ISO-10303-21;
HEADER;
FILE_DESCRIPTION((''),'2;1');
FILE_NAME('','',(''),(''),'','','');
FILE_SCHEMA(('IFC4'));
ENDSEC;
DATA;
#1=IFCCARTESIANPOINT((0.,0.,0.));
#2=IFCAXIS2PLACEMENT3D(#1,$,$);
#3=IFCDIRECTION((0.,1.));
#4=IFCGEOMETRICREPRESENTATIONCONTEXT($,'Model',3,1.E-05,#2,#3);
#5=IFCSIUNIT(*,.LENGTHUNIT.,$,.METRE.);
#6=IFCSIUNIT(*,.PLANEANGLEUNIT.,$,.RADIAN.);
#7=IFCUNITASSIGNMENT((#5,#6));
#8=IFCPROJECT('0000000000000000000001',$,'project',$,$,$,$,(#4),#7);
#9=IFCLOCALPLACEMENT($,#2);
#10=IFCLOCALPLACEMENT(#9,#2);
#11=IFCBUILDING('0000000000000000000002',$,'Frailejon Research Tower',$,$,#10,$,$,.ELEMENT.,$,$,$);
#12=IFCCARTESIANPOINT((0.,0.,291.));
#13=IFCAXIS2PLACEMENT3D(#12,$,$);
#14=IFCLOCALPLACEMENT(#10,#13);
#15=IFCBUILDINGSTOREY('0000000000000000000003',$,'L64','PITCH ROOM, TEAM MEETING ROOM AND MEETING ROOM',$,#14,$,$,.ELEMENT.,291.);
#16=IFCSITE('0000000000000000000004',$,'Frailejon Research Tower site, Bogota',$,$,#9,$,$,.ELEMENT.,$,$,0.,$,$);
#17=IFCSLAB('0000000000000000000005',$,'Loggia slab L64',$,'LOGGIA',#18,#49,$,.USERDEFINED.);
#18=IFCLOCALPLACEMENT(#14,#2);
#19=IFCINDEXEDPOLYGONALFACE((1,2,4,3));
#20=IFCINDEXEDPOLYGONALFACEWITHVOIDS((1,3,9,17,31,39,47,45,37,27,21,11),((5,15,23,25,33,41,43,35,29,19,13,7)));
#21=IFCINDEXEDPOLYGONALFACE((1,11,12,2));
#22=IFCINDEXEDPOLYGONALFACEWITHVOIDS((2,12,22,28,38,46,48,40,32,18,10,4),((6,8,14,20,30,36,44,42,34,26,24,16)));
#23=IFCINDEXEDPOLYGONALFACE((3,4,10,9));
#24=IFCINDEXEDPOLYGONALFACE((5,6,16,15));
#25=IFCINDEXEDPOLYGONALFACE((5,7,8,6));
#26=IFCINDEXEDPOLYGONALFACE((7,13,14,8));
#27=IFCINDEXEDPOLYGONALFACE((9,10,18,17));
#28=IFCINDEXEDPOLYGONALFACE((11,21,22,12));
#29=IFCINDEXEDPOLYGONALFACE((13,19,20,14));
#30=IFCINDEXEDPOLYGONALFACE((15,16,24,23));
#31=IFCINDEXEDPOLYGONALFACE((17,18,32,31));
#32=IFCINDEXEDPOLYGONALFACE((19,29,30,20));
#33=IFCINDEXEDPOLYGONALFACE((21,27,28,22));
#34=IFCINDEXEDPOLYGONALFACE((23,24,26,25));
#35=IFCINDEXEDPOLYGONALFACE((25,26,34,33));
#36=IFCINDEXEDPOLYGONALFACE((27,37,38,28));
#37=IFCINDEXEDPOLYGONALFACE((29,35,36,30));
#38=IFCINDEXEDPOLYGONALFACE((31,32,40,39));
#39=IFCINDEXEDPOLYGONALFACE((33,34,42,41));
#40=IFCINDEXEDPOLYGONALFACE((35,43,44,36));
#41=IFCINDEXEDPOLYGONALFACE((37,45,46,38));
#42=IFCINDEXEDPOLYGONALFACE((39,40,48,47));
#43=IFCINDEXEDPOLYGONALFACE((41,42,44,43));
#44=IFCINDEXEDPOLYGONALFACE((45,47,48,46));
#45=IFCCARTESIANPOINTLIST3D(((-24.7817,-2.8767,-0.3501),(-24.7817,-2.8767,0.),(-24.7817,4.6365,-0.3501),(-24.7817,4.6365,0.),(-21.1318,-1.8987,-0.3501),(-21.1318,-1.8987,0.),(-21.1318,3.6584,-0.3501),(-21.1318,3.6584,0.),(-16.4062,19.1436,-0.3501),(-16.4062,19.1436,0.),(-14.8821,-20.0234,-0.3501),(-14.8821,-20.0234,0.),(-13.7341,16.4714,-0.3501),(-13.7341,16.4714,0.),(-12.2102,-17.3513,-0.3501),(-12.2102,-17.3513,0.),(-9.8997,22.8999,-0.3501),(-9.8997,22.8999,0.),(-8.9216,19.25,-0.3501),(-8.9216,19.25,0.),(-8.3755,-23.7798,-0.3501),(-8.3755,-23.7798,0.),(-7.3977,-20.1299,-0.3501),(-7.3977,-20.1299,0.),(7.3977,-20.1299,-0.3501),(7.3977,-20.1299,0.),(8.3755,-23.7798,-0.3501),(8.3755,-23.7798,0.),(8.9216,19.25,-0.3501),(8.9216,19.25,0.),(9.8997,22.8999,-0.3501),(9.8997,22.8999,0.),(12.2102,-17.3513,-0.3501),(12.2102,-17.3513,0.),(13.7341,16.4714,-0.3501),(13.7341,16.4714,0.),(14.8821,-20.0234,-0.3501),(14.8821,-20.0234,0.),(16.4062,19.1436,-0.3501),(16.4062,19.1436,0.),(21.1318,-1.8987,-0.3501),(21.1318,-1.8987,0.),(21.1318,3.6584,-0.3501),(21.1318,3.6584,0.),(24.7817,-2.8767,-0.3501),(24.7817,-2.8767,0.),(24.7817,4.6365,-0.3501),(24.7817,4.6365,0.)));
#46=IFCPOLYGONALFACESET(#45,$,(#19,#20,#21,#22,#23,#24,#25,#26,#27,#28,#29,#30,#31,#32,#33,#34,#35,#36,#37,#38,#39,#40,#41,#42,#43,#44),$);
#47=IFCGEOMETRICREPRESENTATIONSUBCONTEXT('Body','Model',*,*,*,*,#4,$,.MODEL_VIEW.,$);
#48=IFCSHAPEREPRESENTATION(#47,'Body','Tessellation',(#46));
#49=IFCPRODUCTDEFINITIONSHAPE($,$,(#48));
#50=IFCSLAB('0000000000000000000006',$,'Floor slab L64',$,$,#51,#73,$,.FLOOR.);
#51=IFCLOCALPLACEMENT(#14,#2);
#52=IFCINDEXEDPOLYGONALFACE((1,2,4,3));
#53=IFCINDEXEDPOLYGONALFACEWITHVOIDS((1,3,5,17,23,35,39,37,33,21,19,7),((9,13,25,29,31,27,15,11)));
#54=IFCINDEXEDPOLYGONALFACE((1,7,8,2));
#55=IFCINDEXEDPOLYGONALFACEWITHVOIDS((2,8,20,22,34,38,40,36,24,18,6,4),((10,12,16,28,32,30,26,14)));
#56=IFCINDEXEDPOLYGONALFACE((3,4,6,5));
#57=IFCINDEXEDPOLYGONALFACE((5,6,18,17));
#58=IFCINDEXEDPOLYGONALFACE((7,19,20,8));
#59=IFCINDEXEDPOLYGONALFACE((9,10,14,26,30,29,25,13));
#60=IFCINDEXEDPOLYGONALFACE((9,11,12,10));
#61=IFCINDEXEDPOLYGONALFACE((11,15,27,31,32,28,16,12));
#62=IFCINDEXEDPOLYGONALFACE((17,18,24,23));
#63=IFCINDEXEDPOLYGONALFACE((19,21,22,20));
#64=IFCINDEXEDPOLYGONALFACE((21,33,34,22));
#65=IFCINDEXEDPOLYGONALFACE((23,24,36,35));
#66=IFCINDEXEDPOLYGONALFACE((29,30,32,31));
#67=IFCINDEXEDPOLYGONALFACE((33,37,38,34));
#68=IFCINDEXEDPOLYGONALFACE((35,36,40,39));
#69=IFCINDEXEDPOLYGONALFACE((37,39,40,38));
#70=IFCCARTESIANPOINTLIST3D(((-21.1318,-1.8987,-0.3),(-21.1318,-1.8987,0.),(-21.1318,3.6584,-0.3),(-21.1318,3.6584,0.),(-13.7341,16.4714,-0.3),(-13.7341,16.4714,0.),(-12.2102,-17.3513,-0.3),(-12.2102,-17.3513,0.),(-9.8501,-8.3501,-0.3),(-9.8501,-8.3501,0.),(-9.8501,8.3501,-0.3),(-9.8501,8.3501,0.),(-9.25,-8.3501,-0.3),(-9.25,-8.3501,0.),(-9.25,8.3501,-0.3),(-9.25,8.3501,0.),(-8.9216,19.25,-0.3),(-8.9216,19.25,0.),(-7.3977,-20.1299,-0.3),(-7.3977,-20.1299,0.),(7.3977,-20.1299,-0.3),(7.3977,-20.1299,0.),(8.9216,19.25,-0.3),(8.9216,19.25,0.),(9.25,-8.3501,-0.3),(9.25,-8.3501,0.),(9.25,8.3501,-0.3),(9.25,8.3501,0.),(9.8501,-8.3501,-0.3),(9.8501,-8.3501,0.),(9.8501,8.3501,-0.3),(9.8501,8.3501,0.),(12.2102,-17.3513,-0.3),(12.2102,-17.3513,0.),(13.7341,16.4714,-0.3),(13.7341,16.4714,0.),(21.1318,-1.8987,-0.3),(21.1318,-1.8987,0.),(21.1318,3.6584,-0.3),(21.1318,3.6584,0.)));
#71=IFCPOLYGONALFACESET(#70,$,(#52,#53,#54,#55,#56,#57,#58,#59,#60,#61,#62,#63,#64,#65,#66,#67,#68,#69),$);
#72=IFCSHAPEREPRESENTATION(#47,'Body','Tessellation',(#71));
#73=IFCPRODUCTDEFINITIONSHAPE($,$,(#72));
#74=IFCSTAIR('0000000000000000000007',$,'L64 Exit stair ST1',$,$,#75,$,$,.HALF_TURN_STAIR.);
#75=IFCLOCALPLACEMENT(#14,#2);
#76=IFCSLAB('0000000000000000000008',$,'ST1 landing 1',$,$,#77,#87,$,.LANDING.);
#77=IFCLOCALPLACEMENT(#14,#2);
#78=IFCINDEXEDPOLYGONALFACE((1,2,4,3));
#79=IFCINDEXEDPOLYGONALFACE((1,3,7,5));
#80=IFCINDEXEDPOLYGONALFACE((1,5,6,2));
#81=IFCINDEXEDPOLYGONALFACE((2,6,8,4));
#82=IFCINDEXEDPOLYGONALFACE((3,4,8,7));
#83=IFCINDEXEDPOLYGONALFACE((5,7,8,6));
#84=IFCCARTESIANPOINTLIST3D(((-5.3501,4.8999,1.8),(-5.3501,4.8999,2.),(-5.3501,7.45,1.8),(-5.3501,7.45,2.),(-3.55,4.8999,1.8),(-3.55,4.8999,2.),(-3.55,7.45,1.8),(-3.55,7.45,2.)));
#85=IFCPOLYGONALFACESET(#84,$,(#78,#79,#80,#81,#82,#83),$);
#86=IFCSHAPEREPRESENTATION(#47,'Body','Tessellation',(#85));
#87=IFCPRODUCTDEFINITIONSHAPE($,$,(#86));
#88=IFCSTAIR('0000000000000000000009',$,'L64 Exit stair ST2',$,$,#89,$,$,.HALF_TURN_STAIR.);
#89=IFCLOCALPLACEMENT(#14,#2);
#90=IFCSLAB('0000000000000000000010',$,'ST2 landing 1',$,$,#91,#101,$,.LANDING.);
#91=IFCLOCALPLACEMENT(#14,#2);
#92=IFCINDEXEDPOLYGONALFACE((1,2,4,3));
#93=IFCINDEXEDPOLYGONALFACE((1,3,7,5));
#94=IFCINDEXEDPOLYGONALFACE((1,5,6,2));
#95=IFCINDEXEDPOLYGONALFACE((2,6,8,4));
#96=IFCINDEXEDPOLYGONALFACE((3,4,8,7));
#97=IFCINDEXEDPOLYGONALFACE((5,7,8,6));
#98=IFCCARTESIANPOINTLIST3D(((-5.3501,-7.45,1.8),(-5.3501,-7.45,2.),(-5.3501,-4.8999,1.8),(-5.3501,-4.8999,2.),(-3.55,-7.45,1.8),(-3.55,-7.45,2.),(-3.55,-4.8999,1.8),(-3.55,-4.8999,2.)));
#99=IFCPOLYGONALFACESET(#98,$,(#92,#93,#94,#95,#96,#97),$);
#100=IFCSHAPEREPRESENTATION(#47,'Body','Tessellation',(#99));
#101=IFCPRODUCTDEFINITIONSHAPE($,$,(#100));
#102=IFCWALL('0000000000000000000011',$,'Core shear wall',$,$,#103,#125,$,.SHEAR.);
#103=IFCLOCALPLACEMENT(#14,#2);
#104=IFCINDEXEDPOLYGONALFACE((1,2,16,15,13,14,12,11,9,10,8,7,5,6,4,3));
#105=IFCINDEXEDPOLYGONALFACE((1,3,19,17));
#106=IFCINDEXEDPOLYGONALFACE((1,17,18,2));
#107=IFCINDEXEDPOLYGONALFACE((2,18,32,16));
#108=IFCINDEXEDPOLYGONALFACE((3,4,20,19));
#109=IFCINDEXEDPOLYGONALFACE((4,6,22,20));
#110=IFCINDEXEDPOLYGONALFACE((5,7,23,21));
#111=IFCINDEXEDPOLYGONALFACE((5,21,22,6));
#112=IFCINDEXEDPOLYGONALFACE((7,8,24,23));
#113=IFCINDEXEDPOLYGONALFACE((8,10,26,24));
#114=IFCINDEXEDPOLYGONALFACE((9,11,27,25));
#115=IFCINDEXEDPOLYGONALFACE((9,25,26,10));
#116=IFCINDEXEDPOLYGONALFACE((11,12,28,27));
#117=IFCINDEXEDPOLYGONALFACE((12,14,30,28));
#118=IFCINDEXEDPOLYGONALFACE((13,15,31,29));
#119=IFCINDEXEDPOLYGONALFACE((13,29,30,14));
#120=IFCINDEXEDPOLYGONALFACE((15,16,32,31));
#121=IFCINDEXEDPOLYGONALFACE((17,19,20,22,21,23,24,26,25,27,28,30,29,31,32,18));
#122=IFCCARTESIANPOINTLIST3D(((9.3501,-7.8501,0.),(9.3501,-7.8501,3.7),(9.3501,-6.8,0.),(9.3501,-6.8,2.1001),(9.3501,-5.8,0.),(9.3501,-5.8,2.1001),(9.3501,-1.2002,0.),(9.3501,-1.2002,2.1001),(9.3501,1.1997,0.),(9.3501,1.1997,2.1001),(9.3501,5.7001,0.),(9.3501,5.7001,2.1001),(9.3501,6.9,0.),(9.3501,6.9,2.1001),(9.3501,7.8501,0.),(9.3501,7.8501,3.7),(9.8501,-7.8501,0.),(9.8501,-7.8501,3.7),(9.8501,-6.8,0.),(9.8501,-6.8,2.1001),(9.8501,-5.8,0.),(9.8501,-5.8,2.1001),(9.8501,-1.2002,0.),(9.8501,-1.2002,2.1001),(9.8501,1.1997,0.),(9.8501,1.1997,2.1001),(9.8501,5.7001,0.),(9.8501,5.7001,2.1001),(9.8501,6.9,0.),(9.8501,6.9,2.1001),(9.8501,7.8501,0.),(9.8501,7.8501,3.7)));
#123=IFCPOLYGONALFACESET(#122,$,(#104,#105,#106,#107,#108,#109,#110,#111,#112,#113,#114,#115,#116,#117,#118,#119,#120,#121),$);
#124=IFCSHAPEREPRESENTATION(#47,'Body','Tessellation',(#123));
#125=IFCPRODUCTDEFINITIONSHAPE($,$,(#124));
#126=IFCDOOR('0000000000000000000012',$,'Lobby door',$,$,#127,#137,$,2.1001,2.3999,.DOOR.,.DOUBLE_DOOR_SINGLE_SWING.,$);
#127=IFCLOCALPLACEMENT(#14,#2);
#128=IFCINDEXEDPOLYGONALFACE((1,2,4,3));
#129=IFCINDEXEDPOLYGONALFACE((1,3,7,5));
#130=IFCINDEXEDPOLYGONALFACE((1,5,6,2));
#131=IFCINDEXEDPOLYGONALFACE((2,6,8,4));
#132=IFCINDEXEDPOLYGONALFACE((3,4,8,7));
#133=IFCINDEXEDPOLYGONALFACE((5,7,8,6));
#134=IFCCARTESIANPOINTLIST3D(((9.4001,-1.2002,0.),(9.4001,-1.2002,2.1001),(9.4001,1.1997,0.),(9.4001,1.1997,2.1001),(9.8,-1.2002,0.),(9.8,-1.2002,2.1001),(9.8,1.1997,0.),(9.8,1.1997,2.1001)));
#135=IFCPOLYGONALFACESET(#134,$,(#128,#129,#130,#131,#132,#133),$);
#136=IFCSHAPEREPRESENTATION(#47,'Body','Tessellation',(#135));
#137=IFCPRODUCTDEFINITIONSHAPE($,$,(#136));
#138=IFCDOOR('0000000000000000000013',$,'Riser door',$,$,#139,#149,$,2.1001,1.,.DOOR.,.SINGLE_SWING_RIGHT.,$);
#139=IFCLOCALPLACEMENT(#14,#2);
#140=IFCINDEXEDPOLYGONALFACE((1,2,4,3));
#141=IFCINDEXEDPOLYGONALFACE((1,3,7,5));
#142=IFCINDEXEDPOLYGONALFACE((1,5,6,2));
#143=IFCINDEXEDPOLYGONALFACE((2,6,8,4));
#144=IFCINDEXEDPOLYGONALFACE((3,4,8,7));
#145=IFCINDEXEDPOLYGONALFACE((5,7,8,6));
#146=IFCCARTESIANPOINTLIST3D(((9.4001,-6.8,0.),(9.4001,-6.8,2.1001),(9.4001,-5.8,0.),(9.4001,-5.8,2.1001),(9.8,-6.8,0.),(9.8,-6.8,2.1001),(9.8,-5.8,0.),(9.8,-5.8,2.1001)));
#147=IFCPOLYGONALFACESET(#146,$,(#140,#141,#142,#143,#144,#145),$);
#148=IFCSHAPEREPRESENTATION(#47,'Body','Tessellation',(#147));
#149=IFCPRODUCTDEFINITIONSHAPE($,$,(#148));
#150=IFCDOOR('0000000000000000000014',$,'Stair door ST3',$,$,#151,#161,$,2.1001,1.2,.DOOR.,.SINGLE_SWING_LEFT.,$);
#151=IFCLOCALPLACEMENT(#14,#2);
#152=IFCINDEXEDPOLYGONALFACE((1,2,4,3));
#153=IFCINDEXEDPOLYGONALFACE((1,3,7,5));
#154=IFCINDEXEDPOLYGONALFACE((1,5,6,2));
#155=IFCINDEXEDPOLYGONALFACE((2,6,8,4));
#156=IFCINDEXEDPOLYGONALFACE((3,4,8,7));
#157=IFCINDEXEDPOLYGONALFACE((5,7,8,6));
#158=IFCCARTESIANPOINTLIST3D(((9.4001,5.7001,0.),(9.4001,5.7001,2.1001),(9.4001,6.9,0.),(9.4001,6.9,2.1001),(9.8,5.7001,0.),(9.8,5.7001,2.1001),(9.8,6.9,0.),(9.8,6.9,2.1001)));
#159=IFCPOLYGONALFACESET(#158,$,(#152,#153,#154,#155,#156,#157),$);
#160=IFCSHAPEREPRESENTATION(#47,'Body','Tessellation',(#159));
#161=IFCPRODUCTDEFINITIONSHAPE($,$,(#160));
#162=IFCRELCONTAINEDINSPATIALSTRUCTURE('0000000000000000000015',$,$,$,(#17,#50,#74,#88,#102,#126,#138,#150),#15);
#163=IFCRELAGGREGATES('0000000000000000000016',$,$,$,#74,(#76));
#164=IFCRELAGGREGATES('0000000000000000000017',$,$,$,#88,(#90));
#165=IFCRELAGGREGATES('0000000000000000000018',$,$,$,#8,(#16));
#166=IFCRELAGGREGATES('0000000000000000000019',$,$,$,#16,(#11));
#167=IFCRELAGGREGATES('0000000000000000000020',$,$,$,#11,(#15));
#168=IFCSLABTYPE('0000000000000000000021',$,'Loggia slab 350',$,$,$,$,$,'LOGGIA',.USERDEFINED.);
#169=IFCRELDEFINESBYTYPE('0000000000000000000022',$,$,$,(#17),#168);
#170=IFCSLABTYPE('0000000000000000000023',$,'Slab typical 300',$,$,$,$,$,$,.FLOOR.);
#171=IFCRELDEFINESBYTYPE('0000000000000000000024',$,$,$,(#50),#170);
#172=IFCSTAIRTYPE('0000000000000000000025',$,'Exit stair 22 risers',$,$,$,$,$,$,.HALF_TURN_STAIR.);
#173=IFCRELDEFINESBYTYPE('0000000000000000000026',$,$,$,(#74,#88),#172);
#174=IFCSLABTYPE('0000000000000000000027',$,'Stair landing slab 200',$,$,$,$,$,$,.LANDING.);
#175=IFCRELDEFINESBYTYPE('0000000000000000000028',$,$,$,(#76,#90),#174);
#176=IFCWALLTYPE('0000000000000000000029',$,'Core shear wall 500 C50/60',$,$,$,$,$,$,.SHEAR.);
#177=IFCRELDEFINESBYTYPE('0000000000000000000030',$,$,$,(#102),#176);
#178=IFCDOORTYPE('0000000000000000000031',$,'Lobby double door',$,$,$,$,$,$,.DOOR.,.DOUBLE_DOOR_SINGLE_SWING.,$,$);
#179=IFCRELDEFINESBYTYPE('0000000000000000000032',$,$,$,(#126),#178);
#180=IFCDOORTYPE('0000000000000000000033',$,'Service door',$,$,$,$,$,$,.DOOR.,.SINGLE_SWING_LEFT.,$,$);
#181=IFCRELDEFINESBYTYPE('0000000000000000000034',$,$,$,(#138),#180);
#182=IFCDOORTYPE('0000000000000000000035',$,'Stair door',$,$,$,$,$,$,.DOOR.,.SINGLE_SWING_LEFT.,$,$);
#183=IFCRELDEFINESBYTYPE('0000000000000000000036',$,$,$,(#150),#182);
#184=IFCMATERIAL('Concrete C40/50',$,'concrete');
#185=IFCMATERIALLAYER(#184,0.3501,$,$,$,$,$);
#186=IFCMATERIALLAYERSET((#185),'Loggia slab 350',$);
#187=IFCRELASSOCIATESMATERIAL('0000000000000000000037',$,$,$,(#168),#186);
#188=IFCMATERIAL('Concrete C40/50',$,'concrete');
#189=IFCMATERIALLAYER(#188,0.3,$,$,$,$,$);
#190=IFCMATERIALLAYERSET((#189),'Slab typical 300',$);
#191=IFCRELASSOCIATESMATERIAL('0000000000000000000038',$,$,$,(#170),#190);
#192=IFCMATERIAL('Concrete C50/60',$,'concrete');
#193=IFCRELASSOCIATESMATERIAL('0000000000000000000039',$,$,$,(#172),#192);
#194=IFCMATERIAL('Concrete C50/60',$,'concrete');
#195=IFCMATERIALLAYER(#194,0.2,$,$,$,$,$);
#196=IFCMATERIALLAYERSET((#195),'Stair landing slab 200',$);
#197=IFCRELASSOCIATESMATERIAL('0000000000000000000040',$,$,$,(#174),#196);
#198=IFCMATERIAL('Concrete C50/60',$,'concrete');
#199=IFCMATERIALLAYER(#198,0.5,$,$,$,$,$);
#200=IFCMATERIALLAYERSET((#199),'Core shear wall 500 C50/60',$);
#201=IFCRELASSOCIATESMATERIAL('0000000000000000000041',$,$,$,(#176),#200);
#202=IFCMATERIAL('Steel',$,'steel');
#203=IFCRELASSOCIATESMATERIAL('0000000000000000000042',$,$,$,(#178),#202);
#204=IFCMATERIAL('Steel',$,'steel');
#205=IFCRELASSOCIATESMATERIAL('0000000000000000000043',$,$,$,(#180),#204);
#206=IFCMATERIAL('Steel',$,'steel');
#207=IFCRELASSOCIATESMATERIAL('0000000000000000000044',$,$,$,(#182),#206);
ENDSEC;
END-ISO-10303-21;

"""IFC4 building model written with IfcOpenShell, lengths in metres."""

from ifc_helpers import new_model, si_unit, direction, frame, frame_2d, origin, place, context, subcontext, project, spatial, polyline, rectangle, outline, extrude, material, layer, layer_set, type_object, element, fill, aggregate, save


model = new_model("IFC4")

# Units and contexts
model_context = context("Model", 3, precision=1e-05, world=origin(), true_north=direction((0.0, 1.0)))
body_context = subcontext(model_context, "Body", "Model", "MODEL_VIEW")
ifc_project = project(units=[si_unit("LENGTHUNIT", "METRE"), si_unit("PLANEANGLEUNIT", "RADIAN")], contexts=[model_context])

# Site, building, storey
site_placement = place(None, origin())
site = spatial("IfcSite", under=ifc_project, at=site_placement, Name="Frailejon Research Tower site, Bogota", CompositionType="ELEMENT", RefElevation=0.0)
building_placement = place(site_placement, origin())
building = spatial("IfcBuilding", under=site, at=building_placement, Name="Frailejon Research Tower", CompositionType="ELEMENT")
storey_placement = place(building_placement, frame((0.0, 0.0, 291.0)))
storey = spatial("IfcBuildingStorey", under=building, at=storey_placement, Name="L64", Description="PITCH ROOM, TEAM MEETING ROOM AND MEETING ROOM", CompositionType="ELEMENT", Elevation=291.0)

# Slabs
ifc_material_1 = material(Name="Concrete C40/50", Category="concrete")
ifc_layer_1 = layer(ifc_material_1, 0.3501)
ifc_layer_set_1 = layer_set([ifc_layer_1], Name="Loggia slab 350")
slab_type_1 = type_object("IfcSlabType", Name="Loggia slab 350", ElementType="LOGGIA", PredefinedType="USERDEFINED", material=ifc_layer_set_1)
slab_1_placement = place(storey_placement, frame((0.0, 0.0, -0.3501)))
element("IfcSlab", 1, at=slab_1_placement, inside=storey, type_object=slab_type_1, Name="Loggia slab L64", ObjectType="LOGGIA", PredefinedType="USERDEFINED", context=body_context, shape_type="SweptSolid", body=[
    extrude(outline(polyline([(14.8821, -20.0234), (8.3755, -23.7798), (-8.3755, -23.7798), (-14.8821, -20.0234), (-24.7817, -2.8767), (-24.7817, 4.6365), (-16.4062, 19.1436), (-9.8997, 22.8999), (9.8997, 22.8999), (16.4062, 19.1436), (24.7817, 4.6365), (24.7817, -2.8767), (14.8821, -20.0234)]), holes=[polyline([(21.1318, 3.6584), (13.7341, 16.4714), (8.9216, 19.25), (-8.9216, 19.25), (-13.7341, 16.4714), (-21.1318, 3.6584), (-21.1318, -1.8987), (-12.2102, -17.3513), (-7.3977, -20.1299), (7.3977, -20.1299), (12.2102, -17.3513), (21.1318, -1.8987), (21.1318, 3.6584)])]), origin(), (0.0, 0.0, 1.0), 0.3501),
])
ifc_material_2 = material(Name="Concrete C40/50", Category="concrete")
ifc_layer_2 = layer(ifc_material_2, 0.3)
ifc_layer_set_2 = layer_set([ifc_layer_2], Name="Slab typical 300")
slab_type_2 = type_object("IfcSlabType", Name="Slab typical 300", PredefinedType="FLOOR", material=ifc_layer_set_2)
slab_2_placement = place(storey_placement, frame((0.0, 0.0, -0.3)))
element("IfcSlab", 2, at=slab_2_placement, inside=storey, type_object=slab_type_2, Name="Floor slab L64", PredefinedType="FLOOR", context=body_context, shape_type="SweptSolid", body=[
    extrude(outline(polyline([(21.1318, -1.8987), (21.1318, 3.6584), (13.7341, 16.4714), (8.9216, 19.25), (-8.9216, 19.25), (-13.7341, 16.4714), (-21.1318, 3.6584), (-21.1318, -1.8987), (-12.2102, -17.3513), (-7.3977, -20.1299), (7.3977, -20.1299), (12.2102, -17.3513), (21.1318, -1.8987)]), holes=[polyline([(9.25, 8.3501), (9.8501, 8.3501), (9.8501, -8.3501), (9.25, -8.3501), (-9.25, -8.3501), (-9.8501, -8.3501), (-9.8501, 8.3501), (-9.25, 8.3501), (9.25, 8.3501)])]), origin(), (0.0, 0.0, 1.0), 0.3),
])

# Stairs, slabs
ifc_material_3 = material(Name="Concrete C50/60", Category="concrete")
stair_type = type_object("IfcStairType", Name="Exit stair 22 risers", PredefinedType="HALF_TURN_STAIR", material=ifc_material_3)
stair_1_placement = place(storey_placement, origin())
stair_1 = element("IfcStair", 3, at=stair_1_placement, inside=storey, type_object=stair_type, Name="L64 Exit stair ST1", PredefinedType="HALF_TURN_STAIR")
ifc_material_4 = material(Name="Concrete C50/60", Category="concrete")
ifc_layer_3 = layer(ifc_material_4, 0.2)
ifc_layer_set_3 = layer_set([ifc_layer_3], Name="Stair landing slab 200")
slab_type_3 = type_object("IfcSlabType", Name="Stair landing slab 200", PredefinedType="LANDING", material=ifc_layer_set_3)
slab_3_placement = place(storey_placement, frame((0.0, 0.0, 1.8)))
slab_3 = element("IfcSlab", 4, at=slab_3_placement, type_object=slab_type_3, Name="ST1 landing 1", PredefinedType="LANDING", context=body_context, shape_type="SweptSolid", body=[
    extrude(outline(polyline([(-5.3501, 4.8999), (-3.55, 4.8999), (-3.55, 7.45), (-5.3501, 7.45), (-5.3501, 4.8999)])), origin(), (0.0, 0.0, 1.0), 0.2),
])
aggregate(stair_1, [slab_3])
stair_2_placement = place(storey_placement, origin())
stair_2 = element("IfcStair", 5, at=stair_2_placement, inside=storey, type_object=stair_type, Name="L64 Exit stair ST2", PredefinedType="HALF_TURN_STAIR")
slab_4_placement = place(storey_placement, frame((0.0, 0.0, 1.8)))
slab_4 = element("IfcSlab", 6, at=slab_4_placement, type_object=slab_type_3, Name="ST2 landing 1", PredefinedType="LANDING", context=body_context, shape_type="SweptSolid", body=[
    extrude(outline(polyline([(-5.3501, -7.45), (-3.55, -7.45), (-3.55, -4.8999), (-5.3501, -4.8999), (-5.3501, -7.45)])), origin(), (0.0, 0.0, 1.0), 0.2),
])
aggregate(stair_2, [slab_4])

# Wall, openings, doors
ifc_material_5 = material(Name="Concrete C50/60", Category="concrete")
ifc_layer_4 = layer(ifc_material_5, 0.5)
ifc_layer_set_4 = layer_set([ifc_layer_4], Name="Core shear wall 500 C50/60")
wall_type_1 = type_object("IfcWallType", Name="Core shear wall 500 C50/60", PredefinedType="SHEAR", material=ifc_layer_set_4)
wall_1_placement = place(storey_placement, frame((9.6001, -7.8501, 0.0), z_axis=(0.0, 0.0, 1.0), x_axis=(0.0, 1.0, 0.0)))
wall_1 = element("IfcWall", 7, at=wall_1_placement, inside=storey, type_object=wall_type_1, Name="Core shear wall", PredefinedType="SHEAR", context=body_context, shape_type="SweptSolid", body=[
    extrude(rectangle(XDim=15.7002, YDim=0.5, at=frame_2d((7.8501, 0.0))), origin(), (0.0, 0.0, 1.0), 3.7),
])
opening_1_placement = place(wall_1_placement, frame((6.6499, 0.0, 0.0)))
opening_1 = element("IfcOpeningElement", 8, at=opening_1_placement, cuts=wall_1, PredefinedType="OPENING", context=body_context, shape_type="SweptSolid", body=[
    extrude(rectangle(XDim=2.3999, YDim=2.1001, at=frame_2d((1.2, 1.05))), frame((0.0, 0.26, 0.0), z_axis=(0.0, -1.0, 0.0), x_axis=(1.0, 0.0, 0.0)), (0.0, 0.0, 1.0), 0.52),
])
opening_2_placement = place(wall_1_placement, frame((13.55, 0.0, 0.0)))
opening_2 = element("IfcOpeningElement", 9, at=opening_2_placement, cuts=wall_1, PredefinedType="OPENING", context=body_context, shape_type="SweptSolid", body=[
    extrude(rectangle(XDim=1.2, YDim=2.1001, at=frame_2d((0.6001, 1.05))), frame((0.0, 0.26, 0.0), z_axis=(0.0, -1.0, 0.0), x_axis=(1.0, 0.0, 0.0)), (0.0, 0.0, 1.0), 0.52),
])
opening_3_placement = place(wall_1_placement, frame((1.05, 0.0, 0.0)))
opening_3 = element("IfcOpeningElement", 10, at=opening_3_placement, cuts=wall_1, PredefinedType="OPENING", context=body_context, shape_type="SweptSolid", body=[
    extrude(rectangle(XDim=1.0, YDim=2.1001, at=frame_2d((0.5, 1.05))), frame((0.0, 0.26, 0.0), z_axis=(0.0, -1.0, 0.0), x_axis=(1.0, 0.0, 0.0)), (0.0, 0.0, 1.0), 0.52),
])
ifc_material_6 = material(Name="Steel", Category="steel")
door_type_1 = type_object("IfcDoorType", Name="Lobby double door", OperationType="DOUBLE_DOOR_SINGLE_SWING", PredefinedType="DOOR", material=ifc_material_6)
door_1_placement = place(opening_1_placement, origin())
door_1 = element("IfcDoor", 11, at=door_1_placement, inside=storey, type_object=door_type_1, Name="Lobby door", OperationType="DOUBLE_DOOR_SINGLE_SWING", OverallHeight=2.1001, OverallWidth=2.3999, PredefinedType="DOOR", context=body_context, shape_type="SweptSolid", body=[
    extrude(rectangle(XDim=2.3999, YDim=2.1001, at=frame_2d((1.2, 1.05))), frame((0.0, 0.2, 0.0), z_axis=(0.0, -1.0, 0.0), x_axis=(1.0, 0.0, 0.0)), (0.0, 0.0, 1.0), 0.3999),
])
fill(opening_1, door_1)
ifc_material_7 = material(Name="Steel", Category="steel")
door_type_2 = type_object("IfcDoorType", Name="Service door", OperationType="SINGLE_SWING_LEFT", PredefinedType="DOOR", material=ifc_material_7)
door_2_placement = place(opening_3_placement, origin())
door_2 = element("IfcDoor", 12, at=door_2_placement, inside=storey, type_object=door_type_2, Name="Riser door", OperationType="SINGLE_SWING_RIGHT", OverallHeight=2.1001, OverallWidth=1.0, PredefinedType="DOOR", context=body_context, shape_type="SweptSolid", body=[
    extrude(rectangle(XDim=1.0, YDim=2.1001, at=frame_2d((0.5, 1.05))), frame((0.0, 0.2, 0.0), z_axis=(0.0, -1.0, 0.0), x_axis=(1.0, 0.0, 0.0)), (0.0, 0.0, 1.0), 0.3999),
])
fill(opening_3, door_2)
ifc_material_8 = material(Name="Steel", Category="steel")
door_type_3 = type_object("IfcDoorType", Name="Stair door", OperationType="SINGLE_SWING_LEFT", PredefinedType="DOOR", material=ifc_material_8)
door_3_placement = place(opening_2_placement, origin())
door_3 = element("IfcDoor", 13, at=door_3_placement, inside=storey, type_object=door_type_3, Name="Stair door ST3", OperationType="SINGLE_SWING_LEFT", OverallHeight=2.1001, OverallWidth=1.2, PredefinedType="DOOR", context=body_context, shape_type="SweptSolid", body=[
    extrude(rectangle(XDim=1.2, YDim=2.1001, at=frame_2d((0.6001, 1.05))), frame((0.0, 0.2, 0.0), z_axis=(0.0, -1.0, 0.0), x_axis=(1.0, 0.0, 0.0)), (0.0, 0.0, 1.0), 0.3999),
])
fill(opening_2, door_3)

save(model, "model.ifc")
